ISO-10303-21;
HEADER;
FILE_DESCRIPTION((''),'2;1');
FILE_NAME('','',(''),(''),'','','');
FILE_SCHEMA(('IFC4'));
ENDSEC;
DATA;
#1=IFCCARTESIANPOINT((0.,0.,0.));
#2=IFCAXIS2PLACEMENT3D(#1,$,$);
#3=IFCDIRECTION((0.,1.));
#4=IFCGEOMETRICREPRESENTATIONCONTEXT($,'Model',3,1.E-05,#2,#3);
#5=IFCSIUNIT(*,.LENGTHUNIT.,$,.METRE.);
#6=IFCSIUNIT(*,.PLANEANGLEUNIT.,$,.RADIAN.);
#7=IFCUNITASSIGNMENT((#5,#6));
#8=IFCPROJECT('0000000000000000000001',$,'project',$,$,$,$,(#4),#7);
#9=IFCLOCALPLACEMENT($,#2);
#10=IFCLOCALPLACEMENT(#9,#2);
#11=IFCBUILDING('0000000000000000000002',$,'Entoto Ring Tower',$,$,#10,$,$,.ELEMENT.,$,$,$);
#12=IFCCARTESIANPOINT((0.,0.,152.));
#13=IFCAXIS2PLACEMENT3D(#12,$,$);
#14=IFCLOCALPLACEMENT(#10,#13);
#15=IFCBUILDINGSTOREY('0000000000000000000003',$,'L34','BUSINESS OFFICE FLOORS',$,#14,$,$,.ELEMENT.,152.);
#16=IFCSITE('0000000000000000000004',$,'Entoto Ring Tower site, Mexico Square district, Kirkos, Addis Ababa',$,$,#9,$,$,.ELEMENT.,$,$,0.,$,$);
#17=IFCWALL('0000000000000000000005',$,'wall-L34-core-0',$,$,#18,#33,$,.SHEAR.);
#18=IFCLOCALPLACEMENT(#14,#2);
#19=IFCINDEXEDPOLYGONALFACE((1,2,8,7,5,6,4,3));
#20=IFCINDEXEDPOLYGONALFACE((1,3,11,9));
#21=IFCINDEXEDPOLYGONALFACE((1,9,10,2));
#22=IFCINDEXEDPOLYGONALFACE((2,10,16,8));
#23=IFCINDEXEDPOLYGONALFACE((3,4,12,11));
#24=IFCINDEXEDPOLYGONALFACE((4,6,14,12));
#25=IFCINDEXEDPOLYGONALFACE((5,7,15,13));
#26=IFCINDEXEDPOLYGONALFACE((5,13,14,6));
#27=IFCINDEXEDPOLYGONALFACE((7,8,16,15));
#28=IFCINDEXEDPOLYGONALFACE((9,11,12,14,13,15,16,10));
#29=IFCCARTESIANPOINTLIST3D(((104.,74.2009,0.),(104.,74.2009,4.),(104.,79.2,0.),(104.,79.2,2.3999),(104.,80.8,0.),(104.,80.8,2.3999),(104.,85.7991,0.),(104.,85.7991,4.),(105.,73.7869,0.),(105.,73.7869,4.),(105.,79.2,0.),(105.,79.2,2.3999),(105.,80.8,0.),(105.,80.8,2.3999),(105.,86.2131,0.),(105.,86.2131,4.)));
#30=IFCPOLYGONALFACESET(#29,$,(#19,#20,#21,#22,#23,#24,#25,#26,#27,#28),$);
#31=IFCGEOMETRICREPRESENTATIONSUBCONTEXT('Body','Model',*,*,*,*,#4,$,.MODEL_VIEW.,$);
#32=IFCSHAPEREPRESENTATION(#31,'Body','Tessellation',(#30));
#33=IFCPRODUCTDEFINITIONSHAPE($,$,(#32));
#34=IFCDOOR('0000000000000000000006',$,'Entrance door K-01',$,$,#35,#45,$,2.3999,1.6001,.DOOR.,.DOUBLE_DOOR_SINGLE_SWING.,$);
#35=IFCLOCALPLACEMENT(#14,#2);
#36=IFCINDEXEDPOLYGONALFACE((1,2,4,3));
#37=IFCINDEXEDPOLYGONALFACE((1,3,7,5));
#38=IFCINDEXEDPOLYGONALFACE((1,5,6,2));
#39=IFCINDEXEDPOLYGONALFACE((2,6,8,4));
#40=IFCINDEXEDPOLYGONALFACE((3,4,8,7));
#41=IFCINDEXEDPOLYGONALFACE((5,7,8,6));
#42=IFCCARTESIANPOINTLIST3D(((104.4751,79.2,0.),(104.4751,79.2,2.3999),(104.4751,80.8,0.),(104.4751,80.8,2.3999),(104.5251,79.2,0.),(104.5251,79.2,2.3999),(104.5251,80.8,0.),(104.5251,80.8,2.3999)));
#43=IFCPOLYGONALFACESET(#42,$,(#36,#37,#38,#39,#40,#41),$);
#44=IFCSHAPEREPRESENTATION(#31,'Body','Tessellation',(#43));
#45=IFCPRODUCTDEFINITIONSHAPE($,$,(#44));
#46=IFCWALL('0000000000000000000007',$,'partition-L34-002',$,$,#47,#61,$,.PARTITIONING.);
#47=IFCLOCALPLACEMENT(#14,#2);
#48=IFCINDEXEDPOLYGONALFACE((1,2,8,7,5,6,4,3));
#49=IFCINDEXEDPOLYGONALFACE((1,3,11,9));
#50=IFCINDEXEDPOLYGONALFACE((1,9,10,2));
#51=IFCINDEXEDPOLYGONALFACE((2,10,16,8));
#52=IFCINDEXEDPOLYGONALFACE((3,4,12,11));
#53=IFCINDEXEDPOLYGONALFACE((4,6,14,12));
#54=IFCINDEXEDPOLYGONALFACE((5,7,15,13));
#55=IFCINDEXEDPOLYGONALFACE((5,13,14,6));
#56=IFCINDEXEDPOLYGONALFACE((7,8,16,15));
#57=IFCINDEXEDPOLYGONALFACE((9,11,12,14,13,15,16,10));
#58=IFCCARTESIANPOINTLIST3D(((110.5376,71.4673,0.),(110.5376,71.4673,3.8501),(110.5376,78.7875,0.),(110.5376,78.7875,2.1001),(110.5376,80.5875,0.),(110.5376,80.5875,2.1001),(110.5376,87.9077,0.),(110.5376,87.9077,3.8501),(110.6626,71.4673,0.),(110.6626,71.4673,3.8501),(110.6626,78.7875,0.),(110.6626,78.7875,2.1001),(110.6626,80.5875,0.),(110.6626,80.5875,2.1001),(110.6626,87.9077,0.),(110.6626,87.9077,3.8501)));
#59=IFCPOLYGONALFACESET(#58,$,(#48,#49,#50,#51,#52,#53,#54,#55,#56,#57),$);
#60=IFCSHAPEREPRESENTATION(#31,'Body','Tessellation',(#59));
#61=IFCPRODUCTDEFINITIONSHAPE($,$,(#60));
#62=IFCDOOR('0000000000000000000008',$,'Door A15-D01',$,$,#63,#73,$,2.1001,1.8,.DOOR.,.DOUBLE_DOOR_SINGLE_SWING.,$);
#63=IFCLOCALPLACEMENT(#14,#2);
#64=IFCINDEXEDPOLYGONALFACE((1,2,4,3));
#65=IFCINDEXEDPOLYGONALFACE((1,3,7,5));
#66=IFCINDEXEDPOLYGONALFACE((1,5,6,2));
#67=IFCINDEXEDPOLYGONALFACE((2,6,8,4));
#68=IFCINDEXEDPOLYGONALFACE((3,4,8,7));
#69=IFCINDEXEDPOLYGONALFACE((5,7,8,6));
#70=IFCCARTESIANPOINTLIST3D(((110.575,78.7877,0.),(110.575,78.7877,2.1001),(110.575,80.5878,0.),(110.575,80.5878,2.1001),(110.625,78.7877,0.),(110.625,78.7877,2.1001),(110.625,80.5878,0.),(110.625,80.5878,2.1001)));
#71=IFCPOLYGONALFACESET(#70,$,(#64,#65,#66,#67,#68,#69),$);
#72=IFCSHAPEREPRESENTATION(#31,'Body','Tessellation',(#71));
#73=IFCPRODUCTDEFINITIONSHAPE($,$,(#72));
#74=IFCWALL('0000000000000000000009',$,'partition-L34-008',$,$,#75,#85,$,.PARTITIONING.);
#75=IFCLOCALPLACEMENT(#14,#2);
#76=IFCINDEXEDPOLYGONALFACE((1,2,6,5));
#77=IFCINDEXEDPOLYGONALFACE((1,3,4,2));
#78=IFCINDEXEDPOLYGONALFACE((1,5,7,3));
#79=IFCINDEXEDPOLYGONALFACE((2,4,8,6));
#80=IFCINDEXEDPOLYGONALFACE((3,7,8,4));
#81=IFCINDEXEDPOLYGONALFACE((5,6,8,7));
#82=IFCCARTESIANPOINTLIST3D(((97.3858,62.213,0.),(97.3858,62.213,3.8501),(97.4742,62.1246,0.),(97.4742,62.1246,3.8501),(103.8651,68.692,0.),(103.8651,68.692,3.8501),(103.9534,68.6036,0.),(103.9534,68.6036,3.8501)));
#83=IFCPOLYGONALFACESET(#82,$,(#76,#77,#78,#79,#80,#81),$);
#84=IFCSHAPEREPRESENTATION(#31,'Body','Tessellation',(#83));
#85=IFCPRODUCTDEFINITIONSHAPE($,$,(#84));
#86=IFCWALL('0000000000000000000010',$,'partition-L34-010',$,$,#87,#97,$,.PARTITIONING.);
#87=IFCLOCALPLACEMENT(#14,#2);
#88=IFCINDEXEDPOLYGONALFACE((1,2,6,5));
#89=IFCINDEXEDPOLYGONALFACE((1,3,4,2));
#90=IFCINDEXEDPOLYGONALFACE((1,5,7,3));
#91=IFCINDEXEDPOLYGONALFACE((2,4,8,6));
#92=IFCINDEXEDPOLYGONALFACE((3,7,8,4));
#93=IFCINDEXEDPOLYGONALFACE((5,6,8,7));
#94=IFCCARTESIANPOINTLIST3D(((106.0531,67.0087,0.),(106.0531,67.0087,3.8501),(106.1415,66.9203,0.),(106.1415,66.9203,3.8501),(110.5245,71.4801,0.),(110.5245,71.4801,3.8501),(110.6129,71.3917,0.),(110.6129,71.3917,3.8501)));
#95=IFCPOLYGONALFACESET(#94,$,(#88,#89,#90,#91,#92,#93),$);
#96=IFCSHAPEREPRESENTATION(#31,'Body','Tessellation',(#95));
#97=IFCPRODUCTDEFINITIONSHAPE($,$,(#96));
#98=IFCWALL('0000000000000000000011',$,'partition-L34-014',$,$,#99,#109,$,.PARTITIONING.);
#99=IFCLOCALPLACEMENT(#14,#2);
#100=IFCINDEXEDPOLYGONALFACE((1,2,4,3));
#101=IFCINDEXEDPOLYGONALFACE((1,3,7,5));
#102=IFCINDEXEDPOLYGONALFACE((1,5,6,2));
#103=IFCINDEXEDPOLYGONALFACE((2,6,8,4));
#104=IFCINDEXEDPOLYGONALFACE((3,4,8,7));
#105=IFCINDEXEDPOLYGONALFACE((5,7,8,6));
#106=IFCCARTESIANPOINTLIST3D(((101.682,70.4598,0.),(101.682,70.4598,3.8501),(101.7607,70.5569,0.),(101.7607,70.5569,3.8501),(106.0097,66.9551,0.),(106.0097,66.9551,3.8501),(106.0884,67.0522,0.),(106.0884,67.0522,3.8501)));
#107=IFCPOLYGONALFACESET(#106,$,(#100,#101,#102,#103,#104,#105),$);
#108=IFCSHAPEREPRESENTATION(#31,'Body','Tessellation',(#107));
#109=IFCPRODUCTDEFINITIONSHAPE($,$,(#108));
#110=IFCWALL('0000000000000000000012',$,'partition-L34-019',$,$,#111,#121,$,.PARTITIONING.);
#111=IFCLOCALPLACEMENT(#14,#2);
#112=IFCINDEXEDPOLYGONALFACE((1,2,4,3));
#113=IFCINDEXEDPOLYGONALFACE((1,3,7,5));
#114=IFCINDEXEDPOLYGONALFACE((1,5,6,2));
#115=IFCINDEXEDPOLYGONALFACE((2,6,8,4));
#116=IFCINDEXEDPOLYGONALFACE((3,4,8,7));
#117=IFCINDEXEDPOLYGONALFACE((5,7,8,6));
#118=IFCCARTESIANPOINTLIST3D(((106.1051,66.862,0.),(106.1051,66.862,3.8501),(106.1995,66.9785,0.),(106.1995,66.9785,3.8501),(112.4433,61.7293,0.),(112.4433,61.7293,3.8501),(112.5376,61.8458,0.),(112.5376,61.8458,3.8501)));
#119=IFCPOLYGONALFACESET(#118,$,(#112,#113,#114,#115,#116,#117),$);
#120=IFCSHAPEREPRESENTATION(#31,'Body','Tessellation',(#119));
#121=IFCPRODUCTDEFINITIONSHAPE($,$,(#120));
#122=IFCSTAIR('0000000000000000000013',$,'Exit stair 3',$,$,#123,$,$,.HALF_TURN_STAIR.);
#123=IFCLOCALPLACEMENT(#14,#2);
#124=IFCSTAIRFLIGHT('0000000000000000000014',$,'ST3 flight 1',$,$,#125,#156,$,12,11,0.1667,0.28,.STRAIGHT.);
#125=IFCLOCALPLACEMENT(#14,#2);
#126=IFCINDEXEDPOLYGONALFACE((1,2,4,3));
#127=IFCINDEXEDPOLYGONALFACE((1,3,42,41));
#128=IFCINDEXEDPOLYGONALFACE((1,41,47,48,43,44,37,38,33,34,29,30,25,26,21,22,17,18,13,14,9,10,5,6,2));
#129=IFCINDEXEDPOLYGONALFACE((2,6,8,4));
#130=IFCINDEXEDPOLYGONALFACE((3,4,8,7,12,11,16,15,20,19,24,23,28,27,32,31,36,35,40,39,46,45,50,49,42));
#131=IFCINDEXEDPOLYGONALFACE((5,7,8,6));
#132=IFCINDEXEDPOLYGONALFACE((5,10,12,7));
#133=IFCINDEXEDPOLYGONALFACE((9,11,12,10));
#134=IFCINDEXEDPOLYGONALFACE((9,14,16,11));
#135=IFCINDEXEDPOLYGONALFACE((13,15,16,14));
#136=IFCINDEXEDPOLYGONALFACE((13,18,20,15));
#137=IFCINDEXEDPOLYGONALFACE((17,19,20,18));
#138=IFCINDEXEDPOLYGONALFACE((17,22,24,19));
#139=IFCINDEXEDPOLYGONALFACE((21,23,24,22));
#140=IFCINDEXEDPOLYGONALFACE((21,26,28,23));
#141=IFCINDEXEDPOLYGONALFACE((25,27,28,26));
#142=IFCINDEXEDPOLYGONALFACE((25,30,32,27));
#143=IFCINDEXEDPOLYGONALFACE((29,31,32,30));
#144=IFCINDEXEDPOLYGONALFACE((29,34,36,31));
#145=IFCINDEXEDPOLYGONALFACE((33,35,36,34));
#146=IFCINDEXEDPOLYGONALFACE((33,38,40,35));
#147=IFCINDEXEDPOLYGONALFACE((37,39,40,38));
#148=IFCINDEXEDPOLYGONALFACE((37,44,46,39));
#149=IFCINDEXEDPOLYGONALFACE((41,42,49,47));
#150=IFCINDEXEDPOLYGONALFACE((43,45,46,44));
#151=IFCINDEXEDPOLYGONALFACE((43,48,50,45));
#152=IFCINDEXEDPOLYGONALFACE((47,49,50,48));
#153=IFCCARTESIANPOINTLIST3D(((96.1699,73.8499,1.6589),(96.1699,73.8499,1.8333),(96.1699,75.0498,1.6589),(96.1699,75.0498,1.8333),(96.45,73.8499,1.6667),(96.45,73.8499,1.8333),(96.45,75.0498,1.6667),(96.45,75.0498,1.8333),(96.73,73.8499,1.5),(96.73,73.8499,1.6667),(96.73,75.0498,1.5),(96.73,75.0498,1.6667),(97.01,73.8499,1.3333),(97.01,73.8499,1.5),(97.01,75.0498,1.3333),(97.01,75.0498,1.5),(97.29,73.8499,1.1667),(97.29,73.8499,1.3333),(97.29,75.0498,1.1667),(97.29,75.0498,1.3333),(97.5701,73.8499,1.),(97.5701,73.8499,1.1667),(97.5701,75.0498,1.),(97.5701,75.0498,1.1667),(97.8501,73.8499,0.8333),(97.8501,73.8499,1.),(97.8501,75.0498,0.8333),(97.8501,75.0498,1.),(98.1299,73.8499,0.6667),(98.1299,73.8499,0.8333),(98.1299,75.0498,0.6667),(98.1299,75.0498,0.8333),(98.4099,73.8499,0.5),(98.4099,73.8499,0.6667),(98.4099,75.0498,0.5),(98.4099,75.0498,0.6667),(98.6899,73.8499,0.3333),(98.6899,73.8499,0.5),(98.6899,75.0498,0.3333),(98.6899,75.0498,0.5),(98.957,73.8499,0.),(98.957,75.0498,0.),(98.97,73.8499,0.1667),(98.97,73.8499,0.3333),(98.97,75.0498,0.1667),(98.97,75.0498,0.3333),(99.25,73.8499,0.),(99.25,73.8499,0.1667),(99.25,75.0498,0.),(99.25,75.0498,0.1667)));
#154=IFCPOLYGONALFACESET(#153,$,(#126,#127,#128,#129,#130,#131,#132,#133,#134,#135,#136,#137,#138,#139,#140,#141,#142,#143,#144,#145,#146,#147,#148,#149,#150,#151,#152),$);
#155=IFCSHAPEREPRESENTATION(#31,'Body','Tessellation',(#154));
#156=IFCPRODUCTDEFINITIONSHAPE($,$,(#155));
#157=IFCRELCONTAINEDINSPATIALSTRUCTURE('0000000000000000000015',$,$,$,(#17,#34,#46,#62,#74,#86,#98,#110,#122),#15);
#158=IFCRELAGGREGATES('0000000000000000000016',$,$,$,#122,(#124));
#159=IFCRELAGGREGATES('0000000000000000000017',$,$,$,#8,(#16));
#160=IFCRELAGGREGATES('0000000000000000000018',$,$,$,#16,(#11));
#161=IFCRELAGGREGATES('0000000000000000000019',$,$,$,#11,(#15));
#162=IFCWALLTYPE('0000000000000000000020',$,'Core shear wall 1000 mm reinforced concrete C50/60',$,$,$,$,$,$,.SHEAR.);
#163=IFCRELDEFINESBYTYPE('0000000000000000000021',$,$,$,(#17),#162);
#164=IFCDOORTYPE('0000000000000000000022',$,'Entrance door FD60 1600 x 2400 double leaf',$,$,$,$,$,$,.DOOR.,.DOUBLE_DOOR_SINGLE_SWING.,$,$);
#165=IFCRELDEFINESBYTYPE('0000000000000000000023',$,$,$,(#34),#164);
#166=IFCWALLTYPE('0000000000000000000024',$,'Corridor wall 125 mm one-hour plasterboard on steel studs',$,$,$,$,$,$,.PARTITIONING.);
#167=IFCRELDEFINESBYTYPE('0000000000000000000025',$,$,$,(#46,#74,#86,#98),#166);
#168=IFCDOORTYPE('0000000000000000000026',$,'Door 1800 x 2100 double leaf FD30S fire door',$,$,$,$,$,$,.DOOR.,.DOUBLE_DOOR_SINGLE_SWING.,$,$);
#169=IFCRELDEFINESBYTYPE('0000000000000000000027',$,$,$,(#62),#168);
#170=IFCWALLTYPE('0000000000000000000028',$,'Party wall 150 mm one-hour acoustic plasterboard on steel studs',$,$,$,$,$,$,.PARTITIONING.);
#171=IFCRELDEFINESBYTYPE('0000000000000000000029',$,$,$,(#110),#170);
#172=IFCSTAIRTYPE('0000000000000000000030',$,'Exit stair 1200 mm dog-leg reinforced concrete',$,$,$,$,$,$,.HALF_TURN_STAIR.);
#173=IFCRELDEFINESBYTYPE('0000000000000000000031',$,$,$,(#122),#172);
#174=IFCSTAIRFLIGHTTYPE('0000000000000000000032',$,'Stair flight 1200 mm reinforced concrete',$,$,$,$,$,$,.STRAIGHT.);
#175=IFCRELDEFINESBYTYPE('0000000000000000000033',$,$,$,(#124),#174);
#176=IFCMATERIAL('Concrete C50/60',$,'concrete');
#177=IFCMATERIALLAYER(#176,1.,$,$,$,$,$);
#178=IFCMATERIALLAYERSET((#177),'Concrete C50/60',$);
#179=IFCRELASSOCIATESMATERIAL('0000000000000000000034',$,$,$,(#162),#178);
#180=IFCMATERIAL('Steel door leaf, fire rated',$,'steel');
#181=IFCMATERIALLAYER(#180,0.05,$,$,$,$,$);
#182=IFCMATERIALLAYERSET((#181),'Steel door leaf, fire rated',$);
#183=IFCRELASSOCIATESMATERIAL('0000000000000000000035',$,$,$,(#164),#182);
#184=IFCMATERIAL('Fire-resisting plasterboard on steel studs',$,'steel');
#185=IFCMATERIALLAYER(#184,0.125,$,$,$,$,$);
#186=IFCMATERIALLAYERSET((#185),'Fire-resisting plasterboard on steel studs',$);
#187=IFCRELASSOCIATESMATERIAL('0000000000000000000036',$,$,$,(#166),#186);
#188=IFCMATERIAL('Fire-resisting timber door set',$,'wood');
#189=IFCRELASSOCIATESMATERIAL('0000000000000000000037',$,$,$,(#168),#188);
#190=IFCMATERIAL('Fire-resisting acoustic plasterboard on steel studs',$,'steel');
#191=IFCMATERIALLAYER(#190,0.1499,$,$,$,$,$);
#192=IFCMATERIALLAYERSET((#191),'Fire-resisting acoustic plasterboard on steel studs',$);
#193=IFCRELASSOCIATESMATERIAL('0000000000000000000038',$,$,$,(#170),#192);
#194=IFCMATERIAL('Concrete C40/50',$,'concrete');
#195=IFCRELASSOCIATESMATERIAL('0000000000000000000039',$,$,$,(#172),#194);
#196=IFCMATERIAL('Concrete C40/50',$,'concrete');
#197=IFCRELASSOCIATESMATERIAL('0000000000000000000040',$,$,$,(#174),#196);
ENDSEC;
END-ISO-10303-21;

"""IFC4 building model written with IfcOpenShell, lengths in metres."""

from ifc_helpers import new_model, si_unit, direction, frame, frame_2d, origin, place, context, subcontext, project, spatial, polyline, rectangle, outline, extrude, material, layer, layer_set, type_object, element, fill, aggregate, save


model = new_model("IFC4")

# Units and contexts
model_context = context("Model", 3, precision=1e-05, world=origin(), true_north=direction((0.0, 1.0)))
body_context = subcontext(model_context, "Body", "Model", "MODEL_VIEW")
ifc_project = project(units=[si_unit("LENGTHUNIT", "METRE"), si_unit("PLANEANGLEUNIT", "RADIAN")], contexts=[model_context])

# Site, building, storey
site_placement = place(None, origin())
site = spatial("IfcSite", under=ifc_project, at=site_placement, Name="Entoto Ring Tower site, Mexico Square district, Kirkos, Addis Ababa", CompositionType="ELEMENT", RefElevation=0.0)
building_placement = place(site_placement, origin())
building = spatial("IfcBuilding", under=site, at=building_placement, Name="Entoto Ring Tower", CompositionType="ELEMENT")
storey_placement = place(building_placement, frame((0.0, 0.0, 152.0)))
storey = spatial("IfcBuildingStorey", under=building, at=storey_placement, Name="L34", Description="BUSINESS OFFICE FLOORS", CompositionType="ELEMENT", Elevation=152.0)

# Walls, openings, doors
ifc_material_1 = material(Name="Concrete C50/60", Category="concrete")
ifc_layer_1 = layer(ifc_material_1, 1.0)
ifc_layer_set_1 = layer_set([ifc_layer_1], Name="Concrete C50/60")
wall_type_1 = type_object("IfcWallType", Name="Core shear wall 1000 mm reinforced concrete C50/60", PredefinedType="SHEAR", material=ifc_layer_set_1)
wall_1_placement = place(storey_placement, frame((104.5, 73.9939, 0.0), z_axis=(0.0, 0.0, 1.0), x_axis=(0.0, 1.0, 0.0)))
wall_1 = element("IfcWall", 1, at=wall_1_placement, inside=storey, type_object=wall_type_1, Name="wall-L34-core-0", PredefinedType="SHEAR", context=body_context, shape_type="SweptSolid", body=[
    extrude(outline(polyline([(-0.207, -0.5), (12.2192, -0.5), (11.8052, 0.5), (0.207, 0.5), (-0.207, -0.5)])), origin(), (0.0, 0.0, 1.0), 4.0),
])
opening_1_placement = place(wall_1_placement, frame((5.2061, 0.0, 0.0)))
opening_1 = element("IfcOpeningElement", 2, at=opening_1_placement, cuts=wall_1, PredefinedType="OPENING", context=body_context, shape_type="SweptSolid", body=[
    extrude(rectangle(XDim=1.6001, YDim=2.3999, at=frame_2d((0.8, 1.2))), frame((0.0, 0.51, 0.0), z_axis=(0.0, -1.0, 0.0), x_axis=(1.0, 0.0, 0.0)), (0.0, 0.0, 1.0), 1.02),
])
ifc_material_2 = material(Name="Steel door leaf, fire rated", Category="steel")
ifc_layer_2 = layer(ifc_material_2, 0.05)
ifc_layer_set_2 = layer_set([ifc_layer_2], Name="Steel door leaf, fire rated")
door_type_1 = type_object("IfcDoorType", Name="Entrance door FD60 1600 x 2400 double leaf", OperationType="DOUBLE_DOOR_SINGLE_SWING", PredefinedType="DOOR", material=ifc_layer_set_2)
door_1_placement = place(opening_1_placement, origin())
door_1 = element("IfcDoor", 3, at=door_1_placement, inside=storey, type_object=door_type_1, Name="Entrance door K-01", OperationType="DOUBLE_DOOR_SINGLE_SWING", OverallHeight=2.3999, OverallWidth=1.6001, PredefinedType="DOOR", context=body_context, shape_type="SweptSolid", body=[
    extrude(rectangle(XDim=1.6001, YDim=2.3999, at=frame_2d((0.8, 1.2))), frame((0.0, 0.0249, 0.0), z_axis=(0.0, -1.0, 0.0), x_axis=(1.0, 0.0, 0.0)), (0.0, 0.0, 1.0), 0.05),
])
fill(opening_1, door_1)
ifc_material_3 = material(Name="Fire-resisting plasterboard on steel studs", Category="steel")
ifc_layer_3 = layer(ifc_material_3, 0.125)
ifc_layer_set_3 = layer_set([ifc_layer_3], Name="Fire-resisting plasterboard on steel studs")
wall_type_2 = type_object("IfcWallType", Name="Corridor wall 125 mm one-hour plasterboard on steel studs", PredefinedType="PARTITIONING", material=ifc_layer_set_3)
wall_2_placement = place(storey_placement, frame((110.6001, 71.4673, 0.0), z_axis=(0.0, 0.0, 1.0), x_axis=(0.0, 1.0, 0.0)))
wall_2 = element("IfcWall", 4, at=wall_2_placement, inside=storey, type_object=wall_type_2, Name="partition-L34-002", PredefinedType="PARTITIONING", context=body_context, shape_type="SweptSolid", body=[
    extrude(rectangle(XDim=16.4404, YDim=0.125, at=frame_2d((8.2202, 0.0))), origin(), (0.0, 0.0, 1.0), 3.8501),
])
opening_2_placement = place(wall_2_placement, frame((7.3203, 0.0, 0.0)))
opening_2 = element("IfcOpeningElement", 5, at=opening_2_placement, cuts=wall_2, PredefinedType="OPENING", context=body_context, shape_type="SweptSolid", body=[
    extrude(rectangle(XDim=1.8, YDim=2.1001, at=frame_2d((0.8999, 1.05))), frame((0.0, 0.0725, 0.0), z_axis=(0.0, -1.0, 0.0), x_axis=(1.0, 0.0, 0.0)), (0.0, 0.0, 1.0), 0.145),
])
ifc_material_4 = material(Name="Fire-resisting timber door set", Category="wood")
door_type_2 = type_object("IfcDoorType", Name="Door 1800 x 2100 double leaf FD30S fire door", OperationType="DOUBLE_DOOR_SINGLE_SWING", PredefinedType="DOOR", material=ifc_material_4)
door_2_placement = place(opening_2_placement, frame((1.8, 0.0, 0.0), z_axis=(0.0, 0.0, 1.0), x_axis=(-1.0, 0.0, 0.0)))
door_2 = element("IfcDoor", 6, at=door_2_placement, inside=storey, type_object=door_type_2, Name="Door A15-D01", OperationType="DOUBLE_DOOR_SINGLE_SWING", OverallHeight=2.1001, OverallWidth=1.8, PredefinedType="DOOR", context=body_context, shape_type="SweptSolid", body=[
    extrude(rectangle(XDim=1.8, YDim=2.1001, at=frame_2d((0.8999, 1.05))), frame((0.0, 0.0249, 0.0), z_axis=(0.0, -1.0, 0.0), x_axis=(1.0, 0.0, 0.0)), (0.0, 0.0, 1.0), 0.05),
])
fill(opening_2, door_2)

# Walls
wall_3_placement = place(storey_placement, frame((97.4299, 62.1687, 0.0), z_axis=(0.0, 0.0, 1.0), x_axis=(0.70712, 0.707093, 0.0)))
element("IfcWall", 7, at=wall_3_placement, inside=storey, type_object=wall_type_2, Name="partition-L34-008", PredefinedType="PARTITIONING", context=body_context, shape_type="SweptSolid", body=[
    extrude(rectangle(XDim=9.1628, YDim=0.125, at=frame_2d((4.5815, 0.0))), origin(), (0.0, 0.0, 1.0), 3.8501),
])
wall_4_placement = place(storey_placement, frame((106.0974, 66.9646, 0.0), z_axis=(0.0, 0.0, 1.0), x_axis=(0.707107, 0.707107, 0.0)))
element("IfcWall", 8, at=wall_4_placement, inside=storey, type_object=wall_type_2, Name="partition-L34-010", PredefinedType="PARTITIONING", context=body_context, shape_type="SweptSolid", body=[
    extrude(rectangle(XDim=6.3235, YDim=0.125, at=frame_2d((3.1616, 0.0))), origin(), (0.0, 0.0, 1.0), 3.8501),
])
wall_5_placement = place(storey_placement, frame((106.0491, 67.0037, 0.0), z_axis=(0.0, 0.0, 1.0), x_axis=(-0.777129, 0.629341, 0.0)))
element("IfcWall", 9, at=wall_5_placement, inside=storey, type_object=wall_type_2, Name="partition-L34-014", PredefinedType="PARTITIONING", context=body_context, shape_type="SweptSolid", body=[
    extrude(rectangle(XDim=5.5688, YDim=0.125, at=frame_2d((2.7844, 0.0))), origin(), (0.0, 0.0, 1.0), 3.8501),
])
ifc_material_5 = material(Name="Fire-resisting acoustic plasterboard on steel studs", Category="steel")
ifc_layer_4 = layer(ifc_material_5, 0.1499)
ifc_layer_set_4 = layer_set([ifc_layer_4], Name="Fire-resisting acoustic plasterboard on steel studs")
wall_type_3 = type_object("IfcWallType", Name="Party wall 150 mm one-hour acoustic plasterboard on steel studs", PredefinedType="PARTITIONING", material=ifc_layer_set_4)
wall_6_placement = place(storey_placement, frame((112.4905, 61.7876, 0.0), z_axis=(0.0, 0.0, 1.0), x_axis=(-0.777143, 0.629324, 0.0)))
element("IfcWall", 10, at=wall_6_placement, inside=storey, type_object=wall_type_3, Name="partition-L34-019", PredefinedType="PARTITIONING", context=body_context, shape_type="SweptSolid", body=[
    extrude(rectangle(XDim=8.1558, YDim=0.1499, at=frame_2d((4.0779, 0.0))), origin(), (0.0, 0.0, 1.0), 3.8501),
])

# Stair, stair flight
ifc_material_6 = material(Name="Concrete C40/50", Category="concrete")
stair_type = type_object("IfcStairType", Name="Exit stair 1200 mm dog-leg reinforced concrete", PredefinedType="HALF_TURN_STAIR", material=ifc_material_6)
stair_placement = place(storey_placement, origin())
stair = element("IfcStair", 11, at=stair_placement, inside=storey, type_object=stair_type, Name="Exit stair 3", PredefinedType="HALF_TURN_STAIR")
ifc_material_7 = material(Name="Concrete C40/50", Category="concrete")
stair_flight_type = type_object("IfcStairFlightType", Name="Stair flight 1200 mm reinforced concrete", PredefinedType="STRAIGHT", material=ifc_material_7)
stair_flight_placement = place(storey_placement, frame((99.25, 74.45, 0.0), z_axis=(0.0, 0.0, 1.0), x_axis=(-1.0, 0.0, 0.0)))
stair_flight = element("IfcStairFlight", 12, at=stair_flight_placement, type_object=stair_flight_type, Name="ST3 flight 1", NumberOfRisers=12, NumberOfTreads=11, PredefinedType="STRAIGHT", RiserHeight=0.1667, TreadLength=0.28, context=body_context, shape_type="SweptSolid", body=[
    extrude(outline(polyline([(0.0, 0.0), (0.0, 0.1667), (0.28, 0.1667), (0.28, 0.3333), (0.5601, 0.3333), (0.5601, 0.5), (0.8401, 0.5), (0.8401, 0.6667), (1.1201, 0.6667), (1.1201, 0.8333), (1.3999, 0.8333), (1.3999, 1.0), (1.6799, 1.0), (1.6799, 1.1667), (1.96, 1.1667), (1.96, 1.3333), (2.24, 1.3333), (2.24, 1.5), (2.52, 1.5), (2.52, 1.6667), (2.8, 1.6667), (2.8, 1.8333), (3.0801, 1.8333), (3.0801, 2.0), (3.0801, 1.6589), (0.293, 0.0), (0.0, 0.0)])), frame((0.0, 0.6001, 0.0), z_axis=(0.0, -1.0, 0.0), x_axis=(1.0, 0.0, 0.0)), (0.0, 0.0, 1.0), 1.2),
])
aggregate(stair, [stair_flight])

save(model, "model.ifc")
